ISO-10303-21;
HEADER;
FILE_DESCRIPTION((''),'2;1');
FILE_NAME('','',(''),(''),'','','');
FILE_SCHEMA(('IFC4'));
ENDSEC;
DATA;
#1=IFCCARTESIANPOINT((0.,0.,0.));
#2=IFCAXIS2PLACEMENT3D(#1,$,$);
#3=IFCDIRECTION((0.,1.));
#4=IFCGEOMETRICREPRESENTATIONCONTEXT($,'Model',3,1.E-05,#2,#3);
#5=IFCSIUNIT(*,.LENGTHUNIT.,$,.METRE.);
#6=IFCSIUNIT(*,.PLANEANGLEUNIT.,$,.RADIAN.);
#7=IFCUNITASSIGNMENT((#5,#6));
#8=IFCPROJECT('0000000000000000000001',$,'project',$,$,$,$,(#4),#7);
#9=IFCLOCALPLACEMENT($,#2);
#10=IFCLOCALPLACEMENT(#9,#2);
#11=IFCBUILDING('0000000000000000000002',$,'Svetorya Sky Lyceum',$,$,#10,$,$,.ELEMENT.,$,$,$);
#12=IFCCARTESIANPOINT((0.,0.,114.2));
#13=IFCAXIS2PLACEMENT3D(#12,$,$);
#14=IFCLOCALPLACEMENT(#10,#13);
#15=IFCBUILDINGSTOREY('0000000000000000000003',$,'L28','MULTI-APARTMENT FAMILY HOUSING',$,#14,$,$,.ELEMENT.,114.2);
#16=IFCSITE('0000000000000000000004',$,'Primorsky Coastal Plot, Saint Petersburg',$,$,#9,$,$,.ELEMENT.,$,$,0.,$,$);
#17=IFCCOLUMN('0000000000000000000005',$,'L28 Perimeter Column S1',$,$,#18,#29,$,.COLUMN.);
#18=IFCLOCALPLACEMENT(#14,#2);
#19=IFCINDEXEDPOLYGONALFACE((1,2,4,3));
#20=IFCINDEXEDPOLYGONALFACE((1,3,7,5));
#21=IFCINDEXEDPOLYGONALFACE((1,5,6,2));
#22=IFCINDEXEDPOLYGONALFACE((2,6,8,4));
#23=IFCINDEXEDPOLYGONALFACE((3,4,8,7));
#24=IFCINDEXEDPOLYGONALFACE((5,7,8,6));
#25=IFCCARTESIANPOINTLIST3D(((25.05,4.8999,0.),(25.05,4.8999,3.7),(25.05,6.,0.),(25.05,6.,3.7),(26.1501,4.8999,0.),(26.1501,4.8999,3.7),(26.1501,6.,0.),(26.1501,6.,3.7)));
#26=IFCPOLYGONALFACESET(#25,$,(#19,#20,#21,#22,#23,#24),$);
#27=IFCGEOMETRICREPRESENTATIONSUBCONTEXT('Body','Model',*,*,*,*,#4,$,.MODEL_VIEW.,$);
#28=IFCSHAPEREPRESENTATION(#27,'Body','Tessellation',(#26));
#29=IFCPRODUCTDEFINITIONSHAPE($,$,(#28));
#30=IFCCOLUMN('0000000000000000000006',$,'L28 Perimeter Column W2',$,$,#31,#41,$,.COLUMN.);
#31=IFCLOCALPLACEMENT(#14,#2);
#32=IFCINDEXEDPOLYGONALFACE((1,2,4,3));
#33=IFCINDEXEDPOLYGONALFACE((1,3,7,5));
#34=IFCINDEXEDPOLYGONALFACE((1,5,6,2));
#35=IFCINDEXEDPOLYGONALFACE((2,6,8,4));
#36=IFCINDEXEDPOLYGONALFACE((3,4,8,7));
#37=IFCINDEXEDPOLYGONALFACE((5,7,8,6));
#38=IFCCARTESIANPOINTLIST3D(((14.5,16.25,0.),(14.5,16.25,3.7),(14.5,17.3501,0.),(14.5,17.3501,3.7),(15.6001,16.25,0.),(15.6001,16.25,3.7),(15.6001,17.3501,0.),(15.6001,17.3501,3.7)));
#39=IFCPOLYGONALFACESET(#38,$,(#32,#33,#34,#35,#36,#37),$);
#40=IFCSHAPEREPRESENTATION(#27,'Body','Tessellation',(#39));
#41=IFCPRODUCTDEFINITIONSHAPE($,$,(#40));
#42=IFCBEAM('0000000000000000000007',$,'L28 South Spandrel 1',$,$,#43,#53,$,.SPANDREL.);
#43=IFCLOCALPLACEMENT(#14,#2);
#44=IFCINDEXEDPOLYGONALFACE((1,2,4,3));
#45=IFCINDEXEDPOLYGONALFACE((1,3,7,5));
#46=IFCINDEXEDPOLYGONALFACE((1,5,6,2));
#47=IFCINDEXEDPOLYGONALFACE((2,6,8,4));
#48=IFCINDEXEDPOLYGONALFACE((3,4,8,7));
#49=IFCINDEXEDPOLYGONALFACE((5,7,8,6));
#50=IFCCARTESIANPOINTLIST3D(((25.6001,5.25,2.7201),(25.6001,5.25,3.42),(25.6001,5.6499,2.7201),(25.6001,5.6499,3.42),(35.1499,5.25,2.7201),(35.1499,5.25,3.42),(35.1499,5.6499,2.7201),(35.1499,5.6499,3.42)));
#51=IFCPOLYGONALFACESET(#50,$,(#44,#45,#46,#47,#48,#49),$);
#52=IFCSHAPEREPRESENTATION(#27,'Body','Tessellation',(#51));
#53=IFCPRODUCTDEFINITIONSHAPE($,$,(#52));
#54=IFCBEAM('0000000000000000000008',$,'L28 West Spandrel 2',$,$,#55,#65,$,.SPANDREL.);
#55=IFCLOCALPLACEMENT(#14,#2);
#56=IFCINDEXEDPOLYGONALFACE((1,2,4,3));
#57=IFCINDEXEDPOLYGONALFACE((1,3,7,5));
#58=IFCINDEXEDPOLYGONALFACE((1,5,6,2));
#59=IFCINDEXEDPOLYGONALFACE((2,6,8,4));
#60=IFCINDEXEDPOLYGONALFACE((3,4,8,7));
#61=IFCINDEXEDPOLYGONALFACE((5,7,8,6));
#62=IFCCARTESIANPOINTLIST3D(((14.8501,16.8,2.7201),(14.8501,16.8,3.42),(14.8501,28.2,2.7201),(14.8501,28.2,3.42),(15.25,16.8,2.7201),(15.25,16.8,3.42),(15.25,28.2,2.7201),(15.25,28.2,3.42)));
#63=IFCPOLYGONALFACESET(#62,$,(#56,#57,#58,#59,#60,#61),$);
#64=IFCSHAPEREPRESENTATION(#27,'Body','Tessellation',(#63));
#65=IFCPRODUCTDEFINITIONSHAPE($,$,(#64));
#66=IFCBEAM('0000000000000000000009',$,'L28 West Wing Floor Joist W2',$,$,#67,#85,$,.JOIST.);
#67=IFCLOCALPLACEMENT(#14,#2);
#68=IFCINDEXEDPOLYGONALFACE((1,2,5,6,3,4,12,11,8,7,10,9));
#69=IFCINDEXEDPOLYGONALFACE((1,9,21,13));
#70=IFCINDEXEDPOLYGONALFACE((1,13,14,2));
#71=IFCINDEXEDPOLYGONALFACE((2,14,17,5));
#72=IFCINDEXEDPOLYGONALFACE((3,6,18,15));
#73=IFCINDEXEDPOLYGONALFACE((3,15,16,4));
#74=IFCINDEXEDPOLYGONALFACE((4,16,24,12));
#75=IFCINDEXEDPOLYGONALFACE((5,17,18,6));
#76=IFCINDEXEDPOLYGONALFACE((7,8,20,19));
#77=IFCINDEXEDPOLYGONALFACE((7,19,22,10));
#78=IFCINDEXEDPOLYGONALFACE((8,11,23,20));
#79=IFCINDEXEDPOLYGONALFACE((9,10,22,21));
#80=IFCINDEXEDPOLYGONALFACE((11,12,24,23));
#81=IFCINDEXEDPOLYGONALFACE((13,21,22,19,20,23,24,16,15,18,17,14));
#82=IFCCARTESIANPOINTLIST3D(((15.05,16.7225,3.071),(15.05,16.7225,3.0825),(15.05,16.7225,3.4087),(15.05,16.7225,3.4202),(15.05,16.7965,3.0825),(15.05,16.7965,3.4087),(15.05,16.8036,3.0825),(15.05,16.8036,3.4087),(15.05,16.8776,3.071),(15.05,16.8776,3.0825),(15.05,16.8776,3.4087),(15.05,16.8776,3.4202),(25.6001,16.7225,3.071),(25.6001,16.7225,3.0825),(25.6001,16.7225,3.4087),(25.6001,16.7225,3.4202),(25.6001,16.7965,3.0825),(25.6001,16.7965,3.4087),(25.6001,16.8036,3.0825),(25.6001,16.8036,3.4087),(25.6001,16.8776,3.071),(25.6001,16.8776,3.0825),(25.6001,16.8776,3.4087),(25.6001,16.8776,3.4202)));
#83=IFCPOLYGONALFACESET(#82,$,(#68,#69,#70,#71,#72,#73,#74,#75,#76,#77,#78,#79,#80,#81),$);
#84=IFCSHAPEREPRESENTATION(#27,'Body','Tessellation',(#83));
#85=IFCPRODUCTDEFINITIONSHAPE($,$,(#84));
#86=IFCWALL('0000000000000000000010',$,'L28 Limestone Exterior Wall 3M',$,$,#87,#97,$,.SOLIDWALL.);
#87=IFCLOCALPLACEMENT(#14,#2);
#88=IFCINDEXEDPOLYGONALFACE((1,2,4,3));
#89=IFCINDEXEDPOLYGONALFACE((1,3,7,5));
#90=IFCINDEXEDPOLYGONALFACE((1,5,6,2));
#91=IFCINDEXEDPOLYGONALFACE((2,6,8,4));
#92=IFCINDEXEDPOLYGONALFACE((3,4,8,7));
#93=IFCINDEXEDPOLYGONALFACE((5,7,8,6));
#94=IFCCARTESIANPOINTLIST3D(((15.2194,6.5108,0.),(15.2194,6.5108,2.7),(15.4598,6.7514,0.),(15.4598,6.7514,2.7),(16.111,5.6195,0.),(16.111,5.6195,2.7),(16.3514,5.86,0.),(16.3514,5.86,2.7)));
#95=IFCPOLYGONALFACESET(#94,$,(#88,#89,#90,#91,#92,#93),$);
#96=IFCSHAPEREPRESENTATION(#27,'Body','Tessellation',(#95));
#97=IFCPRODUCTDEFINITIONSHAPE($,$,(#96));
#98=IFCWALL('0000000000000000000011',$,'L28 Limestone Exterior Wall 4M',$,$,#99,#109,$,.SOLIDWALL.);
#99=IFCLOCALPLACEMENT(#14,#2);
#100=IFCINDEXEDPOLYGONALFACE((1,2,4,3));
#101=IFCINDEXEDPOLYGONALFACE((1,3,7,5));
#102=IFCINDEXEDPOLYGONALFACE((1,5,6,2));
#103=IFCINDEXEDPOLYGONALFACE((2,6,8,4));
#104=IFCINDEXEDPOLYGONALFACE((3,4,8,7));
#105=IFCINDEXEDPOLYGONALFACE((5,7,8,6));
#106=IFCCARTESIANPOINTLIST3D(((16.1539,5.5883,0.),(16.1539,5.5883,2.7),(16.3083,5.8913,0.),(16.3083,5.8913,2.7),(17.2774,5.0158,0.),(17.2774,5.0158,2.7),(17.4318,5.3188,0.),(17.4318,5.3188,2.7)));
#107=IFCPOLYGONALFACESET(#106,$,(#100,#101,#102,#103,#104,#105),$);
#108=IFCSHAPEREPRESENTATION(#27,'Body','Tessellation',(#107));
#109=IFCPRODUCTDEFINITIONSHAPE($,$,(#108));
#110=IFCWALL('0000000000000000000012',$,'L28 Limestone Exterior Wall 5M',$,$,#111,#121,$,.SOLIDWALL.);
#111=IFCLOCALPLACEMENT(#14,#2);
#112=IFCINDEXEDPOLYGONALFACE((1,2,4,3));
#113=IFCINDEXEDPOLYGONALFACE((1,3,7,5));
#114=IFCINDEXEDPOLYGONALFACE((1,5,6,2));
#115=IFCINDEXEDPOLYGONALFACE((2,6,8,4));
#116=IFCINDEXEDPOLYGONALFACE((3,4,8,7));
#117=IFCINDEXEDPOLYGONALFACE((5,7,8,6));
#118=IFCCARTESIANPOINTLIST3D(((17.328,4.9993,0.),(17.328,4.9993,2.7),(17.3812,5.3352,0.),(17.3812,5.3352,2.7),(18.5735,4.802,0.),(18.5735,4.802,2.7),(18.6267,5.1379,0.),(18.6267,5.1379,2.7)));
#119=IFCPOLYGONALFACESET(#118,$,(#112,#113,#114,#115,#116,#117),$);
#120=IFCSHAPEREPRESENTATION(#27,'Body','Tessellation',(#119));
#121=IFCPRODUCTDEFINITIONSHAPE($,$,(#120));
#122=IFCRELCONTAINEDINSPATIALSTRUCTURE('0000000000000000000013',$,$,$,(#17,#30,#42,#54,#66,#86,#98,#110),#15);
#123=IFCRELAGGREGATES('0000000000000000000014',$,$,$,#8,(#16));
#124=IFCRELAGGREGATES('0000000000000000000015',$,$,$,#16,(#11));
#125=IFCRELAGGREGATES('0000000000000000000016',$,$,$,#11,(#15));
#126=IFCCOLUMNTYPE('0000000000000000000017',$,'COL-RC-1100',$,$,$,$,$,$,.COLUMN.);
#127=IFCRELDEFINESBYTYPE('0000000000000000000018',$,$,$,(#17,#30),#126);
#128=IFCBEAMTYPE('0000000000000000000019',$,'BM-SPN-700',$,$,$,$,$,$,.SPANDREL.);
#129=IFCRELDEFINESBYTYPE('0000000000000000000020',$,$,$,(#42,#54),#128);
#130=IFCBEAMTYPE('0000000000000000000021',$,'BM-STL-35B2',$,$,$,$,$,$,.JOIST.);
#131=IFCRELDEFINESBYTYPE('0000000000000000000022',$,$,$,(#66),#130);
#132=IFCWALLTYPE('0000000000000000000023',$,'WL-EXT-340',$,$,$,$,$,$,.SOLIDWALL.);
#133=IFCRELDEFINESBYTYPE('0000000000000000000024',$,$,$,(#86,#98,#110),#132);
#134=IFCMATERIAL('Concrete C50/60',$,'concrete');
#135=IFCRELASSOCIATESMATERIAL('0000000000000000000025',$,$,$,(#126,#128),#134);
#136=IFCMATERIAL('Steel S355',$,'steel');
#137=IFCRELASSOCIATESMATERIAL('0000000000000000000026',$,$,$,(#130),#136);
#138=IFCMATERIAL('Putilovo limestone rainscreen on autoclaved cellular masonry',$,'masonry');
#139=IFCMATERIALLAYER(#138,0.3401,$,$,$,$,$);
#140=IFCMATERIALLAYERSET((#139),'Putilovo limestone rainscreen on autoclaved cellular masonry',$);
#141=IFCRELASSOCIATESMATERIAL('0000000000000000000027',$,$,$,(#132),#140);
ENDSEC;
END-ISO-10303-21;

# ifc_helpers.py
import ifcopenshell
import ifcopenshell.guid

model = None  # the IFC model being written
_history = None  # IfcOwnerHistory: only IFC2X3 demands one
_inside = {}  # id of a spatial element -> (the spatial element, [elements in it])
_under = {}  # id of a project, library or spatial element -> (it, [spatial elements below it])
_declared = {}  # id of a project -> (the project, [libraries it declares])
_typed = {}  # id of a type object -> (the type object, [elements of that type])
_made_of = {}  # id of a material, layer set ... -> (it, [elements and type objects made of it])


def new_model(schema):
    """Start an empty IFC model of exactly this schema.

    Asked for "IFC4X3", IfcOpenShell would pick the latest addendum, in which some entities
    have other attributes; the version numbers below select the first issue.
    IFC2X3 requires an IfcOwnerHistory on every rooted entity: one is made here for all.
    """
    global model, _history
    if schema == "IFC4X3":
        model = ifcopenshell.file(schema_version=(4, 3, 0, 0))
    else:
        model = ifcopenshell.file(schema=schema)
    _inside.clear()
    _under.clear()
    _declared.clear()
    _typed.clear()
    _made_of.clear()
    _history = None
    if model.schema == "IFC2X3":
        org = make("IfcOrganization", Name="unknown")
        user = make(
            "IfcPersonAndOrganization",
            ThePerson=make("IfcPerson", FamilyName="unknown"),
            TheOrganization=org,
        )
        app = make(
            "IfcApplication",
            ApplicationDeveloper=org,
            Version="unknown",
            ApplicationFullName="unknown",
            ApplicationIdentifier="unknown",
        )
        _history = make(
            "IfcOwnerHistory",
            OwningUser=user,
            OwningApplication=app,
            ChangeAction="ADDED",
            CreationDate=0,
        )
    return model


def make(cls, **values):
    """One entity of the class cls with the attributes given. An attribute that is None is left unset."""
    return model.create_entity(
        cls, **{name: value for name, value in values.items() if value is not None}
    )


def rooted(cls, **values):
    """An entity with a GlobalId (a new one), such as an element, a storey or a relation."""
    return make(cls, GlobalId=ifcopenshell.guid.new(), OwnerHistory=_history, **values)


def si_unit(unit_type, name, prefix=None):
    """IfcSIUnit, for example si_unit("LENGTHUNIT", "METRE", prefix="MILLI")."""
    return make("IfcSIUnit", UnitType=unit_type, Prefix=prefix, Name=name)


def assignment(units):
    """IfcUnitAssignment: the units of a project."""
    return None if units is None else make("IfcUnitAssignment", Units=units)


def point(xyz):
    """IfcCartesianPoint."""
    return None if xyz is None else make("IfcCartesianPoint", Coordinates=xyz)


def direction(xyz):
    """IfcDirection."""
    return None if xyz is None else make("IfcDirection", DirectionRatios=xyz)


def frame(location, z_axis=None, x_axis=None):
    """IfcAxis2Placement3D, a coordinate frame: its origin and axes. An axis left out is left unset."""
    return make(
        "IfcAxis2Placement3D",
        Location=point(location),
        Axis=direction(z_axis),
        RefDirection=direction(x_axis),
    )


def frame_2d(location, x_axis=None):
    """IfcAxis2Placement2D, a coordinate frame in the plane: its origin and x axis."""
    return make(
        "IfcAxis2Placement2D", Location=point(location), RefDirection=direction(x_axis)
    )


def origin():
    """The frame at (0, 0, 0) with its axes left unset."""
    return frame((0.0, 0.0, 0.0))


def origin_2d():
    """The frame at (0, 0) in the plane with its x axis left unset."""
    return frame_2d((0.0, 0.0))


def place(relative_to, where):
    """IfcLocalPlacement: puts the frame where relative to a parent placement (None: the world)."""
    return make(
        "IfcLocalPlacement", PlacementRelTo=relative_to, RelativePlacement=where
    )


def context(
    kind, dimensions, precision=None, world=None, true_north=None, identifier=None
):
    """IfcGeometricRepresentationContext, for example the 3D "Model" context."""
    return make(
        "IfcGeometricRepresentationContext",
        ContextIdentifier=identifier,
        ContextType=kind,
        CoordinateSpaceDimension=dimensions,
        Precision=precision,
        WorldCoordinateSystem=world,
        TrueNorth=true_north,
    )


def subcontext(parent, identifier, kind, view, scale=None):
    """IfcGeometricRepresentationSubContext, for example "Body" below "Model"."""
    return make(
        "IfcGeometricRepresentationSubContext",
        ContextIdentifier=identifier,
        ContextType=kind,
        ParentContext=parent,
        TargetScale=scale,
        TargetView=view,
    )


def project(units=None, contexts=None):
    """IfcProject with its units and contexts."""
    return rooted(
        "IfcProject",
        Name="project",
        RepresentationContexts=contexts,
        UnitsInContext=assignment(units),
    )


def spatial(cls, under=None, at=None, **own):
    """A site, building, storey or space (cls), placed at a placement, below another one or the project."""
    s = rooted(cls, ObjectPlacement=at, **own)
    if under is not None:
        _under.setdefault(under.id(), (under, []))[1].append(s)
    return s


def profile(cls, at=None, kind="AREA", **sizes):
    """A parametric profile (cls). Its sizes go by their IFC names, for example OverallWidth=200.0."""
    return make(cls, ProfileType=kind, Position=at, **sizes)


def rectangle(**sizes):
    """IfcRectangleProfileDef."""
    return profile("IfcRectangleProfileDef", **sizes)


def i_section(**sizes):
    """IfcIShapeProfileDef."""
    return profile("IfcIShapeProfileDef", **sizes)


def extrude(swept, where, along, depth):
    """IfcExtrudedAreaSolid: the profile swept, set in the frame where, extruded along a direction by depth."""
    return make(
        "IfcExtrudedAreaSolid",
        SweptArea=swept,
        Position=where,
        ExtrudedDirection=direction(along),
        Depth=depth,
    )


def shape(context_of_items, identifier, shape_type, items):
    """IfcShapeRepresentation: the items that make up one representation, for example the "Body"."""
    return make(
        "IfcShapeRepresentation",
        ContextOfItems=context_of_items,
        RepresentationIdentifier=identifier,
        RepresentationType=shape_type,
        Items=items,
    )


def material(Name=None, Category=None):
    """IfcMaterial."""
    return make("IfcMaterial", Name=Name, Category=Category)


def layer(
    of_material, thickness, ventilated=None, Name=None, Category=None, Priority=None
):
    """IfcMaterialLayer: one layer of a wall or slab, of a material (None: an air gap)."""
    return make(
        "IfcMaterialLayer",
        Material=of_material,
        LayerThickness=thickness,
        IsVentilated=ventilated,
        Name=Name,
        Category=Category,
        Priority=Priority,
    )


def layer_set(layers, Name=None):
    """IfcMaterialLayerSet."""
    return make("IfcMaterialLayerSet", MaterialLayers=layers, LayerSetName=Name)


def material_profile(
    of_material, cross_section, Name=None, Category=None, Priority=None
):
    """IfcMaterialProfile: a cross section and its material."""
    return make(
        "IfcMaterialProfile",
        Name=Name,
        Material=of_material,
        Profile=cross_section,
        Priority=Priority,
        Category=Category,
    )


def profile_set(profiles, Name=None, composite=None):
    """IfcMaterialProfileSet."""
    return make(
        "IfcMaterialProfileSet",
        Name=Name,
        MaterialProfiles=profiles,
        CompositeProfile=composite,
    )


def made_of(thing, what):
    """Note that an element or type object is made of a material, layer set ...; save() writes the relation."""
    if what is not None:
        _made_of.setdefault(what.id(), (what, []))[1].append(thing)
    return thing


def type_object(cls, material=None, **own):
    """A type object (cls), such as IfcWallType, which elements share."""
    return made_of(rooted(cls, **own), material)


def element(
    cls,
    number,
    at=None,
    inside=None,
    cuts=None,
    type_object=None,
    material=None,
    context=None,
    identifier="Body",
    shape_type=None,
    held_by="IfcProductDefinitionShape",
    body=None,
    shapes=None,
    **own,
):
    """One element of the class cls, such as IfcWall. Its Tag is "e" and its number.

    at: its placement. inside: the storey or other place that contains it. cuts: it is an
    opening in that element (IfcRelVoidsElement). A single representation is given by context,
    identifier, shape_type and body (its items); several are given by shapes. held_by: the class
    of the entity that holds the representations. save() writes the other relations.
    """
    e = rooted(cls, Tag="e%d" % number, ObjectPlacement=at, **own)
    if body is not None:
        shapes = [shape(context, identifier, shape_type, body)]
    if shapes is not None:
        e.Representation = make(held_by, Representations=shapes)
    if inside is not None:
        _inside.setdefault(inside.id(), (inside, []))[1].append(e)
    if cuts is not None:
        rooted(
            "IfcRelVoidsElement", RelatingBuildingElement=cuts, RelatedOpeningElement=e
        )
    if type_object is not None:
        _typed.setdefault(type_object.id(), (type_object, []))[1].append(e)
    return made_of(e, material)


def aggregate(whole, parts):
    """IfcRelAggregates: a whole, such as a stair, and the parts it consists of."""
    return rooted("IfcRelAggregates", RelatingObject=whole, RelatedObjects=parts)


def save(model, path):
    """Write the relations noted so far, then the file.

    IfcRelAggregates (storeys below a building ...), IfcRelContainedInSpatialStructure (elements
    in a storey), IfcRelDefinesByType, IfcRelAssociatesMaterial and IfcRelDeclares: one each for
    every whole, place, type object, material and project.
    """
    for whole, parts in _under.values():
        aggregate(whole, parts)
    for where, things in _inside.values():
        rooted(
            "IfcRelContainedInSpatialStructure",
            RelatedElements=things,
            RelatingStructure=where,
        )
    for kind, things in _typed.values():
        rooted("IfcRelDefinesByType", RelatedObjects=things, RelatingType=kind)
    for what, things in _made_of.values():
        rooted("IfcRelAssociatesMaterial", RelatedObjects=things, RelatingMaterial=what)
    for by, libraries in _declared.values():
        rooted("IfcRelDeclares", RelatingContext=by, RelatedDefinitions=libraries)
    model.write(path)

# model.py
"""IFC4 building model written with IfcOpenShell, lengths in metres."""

from ifc_helpers import new_model, si_unit, direction, frame, frame_2d, origin, origin_2d, place, context, subcontext, project, spatial, rectangle, i_section, extrude, material, layer, layer_set, material_profile, profile_set, type_object, element, save


model = new_model("IFC4")

# Units and contexts
model_context = context("Model", 3, precision=1e-05, world=origin(), true_north=direction((0.0, 1.0)))
body_context = subcontext(model_context, "Body", "Model", "MODEL_VIEW")
ifc_project = project(units=[si_unit("LENGTHUNIT", "METRE"), si_unit("PLANEANGLEUNIT", "RADIAN")], contexts=[model_context])

# Site, building, storey
site_placement = place(None, origin())
site = spatial("IfcSite", under=ifc_project, at=site_placement, Name="Primorsky Coastal Plot, Saint Petersburg", CompositionType="ELEMENT", RefElevation=0.0)
building_placement = place(site_placement, origin())
building = spatial("IfcBuilding", under=site, at=building_placement, Name="Svetorya Sky Lyceum", CompositionType="ELEMENT")
storey_placement = place(building_placement, frame((0.0, 0.0, 114.2)))
storey = spatial("IfcBuildingStorey", under=building, at=storey_placement, Name="L28", Description="MULTI-APARTMENT FAMILY HOUSING", CompositionType="ELEMENT", Elevation=114.2)

# Columns
ifc_material_1 = material(Name="Concrete C50/60", Category="concrete")
ifc_material_profile_1 = material_profile(ifc_material_1, rectangle(XDim=1.1001, YDim=1.1001, at=origin_2d()), Name="RC COL 1100x1100")
ifc_profile_set_1 = profile_set([ifc_material_profile_1], Name="Concrete C50/60")
column_type = type_object("IfcColumnType", Name="COL-RC-1100", PredefinedType="COLUMN", material=ifc_profile_set_1)
for number, where, z_axis, x_axis, name in (
    (1, (25.6001, 5.45, 0.0), (0.0, 0.0, 1.0), (1.0, 0.0, 0.0), "L28 Perimeter Column S1"),
    (2, (15.05, 16.8, 0.0), (0.0, 0.0, 1.0), (1.0, 0.0, 0.0), "L28 Perimeter Column W2"),
):
    element("IfcColumn", number, at=place(storey_placement, frame(where, z_axis=z_axis, x_axis=x_axis)), inside=storey, type_object=column_type, Name=name, PredefinedType="COLUMN", context=body_context, shape_type="SweptSolid", body=[
        extrude(rectangle(XDim=1.1001, YDim=1.1001, at=origin_2d()), origin(), (0.0, 0.0, 1.0), 3.7),
    ])

# Beams
ifc_material_profile_2 = material_profile(ifc_material_1, rectangle(XDim=0.3999, YDim=0.7, at=origin_2d()), Name="RC SPANDREL 400x700")
ifc_profile_set_2 = profile_set([ifc_material_profile_2], Name="Concrete C50/60")
beam_type_1 = type_object("IfcBeamType", Name="BM-SPN-700", PredefinedType="SPANDREL", material=ifc_profile_set_2)
beam_1_placement = place(storey_placement, frame((25.6001, 5.45, 3.0701), z_axis=(1.0, 0.0, 0.0), x_axis=(0.0, 1.0, 0.0)))
element("IfcBeam", 3, at=beam_1_placement, inside=storey, type_object=beam_type_1, Name="L28 South Spandrel 1", PredefinedType="SPANDREL", context=body_context, shape_type="SweptSolid", body=[
    extrude(rectangle(XDim=0.3999, YDim=0.7, at=origin_2d()), origin(), (0.0, 0.0, 1.0), 9.5498),
])
beam_2_placement = place(storey_placement, frame((15.05, 16.8, 3.0701), z_axis=(0.0, 1.0, 0.0), x_axis=(-1.0, 0.0, 0.0)))
element("IfcBeam", 4, at=beam_2_placement, inside=storey, type_object=beam_type_1, Name="L28 West Spandrel 2", PredefinedType="SPANDREL", context=body_context, shape_type="SweptSolid", body=[
    extrude(rectangle(XDim=0.3999, YDim=0.7, at=origin_2d()), origin(), (0.0, 0.0, 1.0), 11.3999),
])
ifc_material_2 = material(Name="Steel S355", Category="steel")
ifc_material_profile_3 = material_profile(ifc_material_2, i_section(OverallWidth=0.155, OverallDepth=0.3491, WebThickness=0.0071, FlangeThickness=0.0115, at=origin_2d()), Name="GOST 35B2")
ifc_profile_set_3 = profile_set([ifc_material_profile_3], Name="Steel S355")
beam_type_2 = type_object("IfcBeamType", Name="BM-STL-35B2", PredefinedType="JOIST", material=ifc_profile_set_3)
beam_3_placement = place(storey_placement, frame((15.05, 16.8, 3.2456), z_axis=(1.0, 0.0, 0.0), x_axis=(0.0, 1.0, 0.0)))
element("IfcBeam", 5, at=beam_3_placement, inside=storey, type_object=beam_type_2, Name="L28 West Wing Floor Joist W2", PredefinedType="JOIST", context=body_context, shape_type="SweptSolid", body=[
    extrude(i_section(OverallWidth=0.155, OverallDepth=0.3491, WebThickness=0.0071, FlangeThickness=0.0115, at=origin_2d()), origin(), (0.0, 0.0, 1.0), 10.55),
])

# Walls
ifc_material_3 = material(Name="Putilovo limestone rainscreen on autoclaved cellular masonry", Category="masonry")
ifc_layer_1 = layer(ifc_material_3, 0.3401)
ifc_layer_set_1 = layer_set([ifc_layer_1], Name="Putilovo limestone rainscreen on autoclaved cellular masonry")
wall_type_1 = type_object("IfcWallType", Name="WL-EXT-340", PredefinedType="SOLIDWALL", material=ifc_layer_set_1)
wall_1_placement = place(storey_placement, frame((15.3396, 6.6311, 0.0), z_axis=(0.0, 0.0, 1.0), x_axis=(0.707204, -0.70701, 0.0)))
element("IfcWall", 6, at=wall_1_placement, inside=storey, type_object=wall_type_1, Name="L28 Limestone Exterior Wall 3M", PredefinedType="SOLIDWALL", context=body_context, shape_type="SweptSolid", body=[
    extrude(rectangle(XDim=1.2607, YDim=0.3401, at=frame_2d((0.6304, 0.0))), origin(), (0.0, 0.0, 1.0), 2.7),
])
for number, where, z_axis, x_axis, name in (
    (7, (16.2312, 5.7397, 0.0), (0.0, 0.0, 1.0), (0.890994, -0.454016, 0.0), "L28 Limestone Exterior Wall 4M"),
    (8, (17.3547, 5.1672, 0.0), (0.0, 0.0, 1.0), (0.987686, -0.15645, 0.0), "L28 Limestone Exterior Wall 5M"),
):
    element("IfcWall", number, at=place(storey_placement, frame(where, z_axis=z_axis, x_axis=x_axis)), inside=storey, type_object=wall_type_1, Name=name, PredefinedType="SOLIDWALL", context=body_context, shape_type="SweptSolid", body=[
        extrude(rectangle(XDim=1.261, YDim=0.3401, at=frame_2d((0.6304, 0.0))), origin(), (0.0, 0.0, 1.0), 2.7),
    ])

save(model, "model.ifc")
